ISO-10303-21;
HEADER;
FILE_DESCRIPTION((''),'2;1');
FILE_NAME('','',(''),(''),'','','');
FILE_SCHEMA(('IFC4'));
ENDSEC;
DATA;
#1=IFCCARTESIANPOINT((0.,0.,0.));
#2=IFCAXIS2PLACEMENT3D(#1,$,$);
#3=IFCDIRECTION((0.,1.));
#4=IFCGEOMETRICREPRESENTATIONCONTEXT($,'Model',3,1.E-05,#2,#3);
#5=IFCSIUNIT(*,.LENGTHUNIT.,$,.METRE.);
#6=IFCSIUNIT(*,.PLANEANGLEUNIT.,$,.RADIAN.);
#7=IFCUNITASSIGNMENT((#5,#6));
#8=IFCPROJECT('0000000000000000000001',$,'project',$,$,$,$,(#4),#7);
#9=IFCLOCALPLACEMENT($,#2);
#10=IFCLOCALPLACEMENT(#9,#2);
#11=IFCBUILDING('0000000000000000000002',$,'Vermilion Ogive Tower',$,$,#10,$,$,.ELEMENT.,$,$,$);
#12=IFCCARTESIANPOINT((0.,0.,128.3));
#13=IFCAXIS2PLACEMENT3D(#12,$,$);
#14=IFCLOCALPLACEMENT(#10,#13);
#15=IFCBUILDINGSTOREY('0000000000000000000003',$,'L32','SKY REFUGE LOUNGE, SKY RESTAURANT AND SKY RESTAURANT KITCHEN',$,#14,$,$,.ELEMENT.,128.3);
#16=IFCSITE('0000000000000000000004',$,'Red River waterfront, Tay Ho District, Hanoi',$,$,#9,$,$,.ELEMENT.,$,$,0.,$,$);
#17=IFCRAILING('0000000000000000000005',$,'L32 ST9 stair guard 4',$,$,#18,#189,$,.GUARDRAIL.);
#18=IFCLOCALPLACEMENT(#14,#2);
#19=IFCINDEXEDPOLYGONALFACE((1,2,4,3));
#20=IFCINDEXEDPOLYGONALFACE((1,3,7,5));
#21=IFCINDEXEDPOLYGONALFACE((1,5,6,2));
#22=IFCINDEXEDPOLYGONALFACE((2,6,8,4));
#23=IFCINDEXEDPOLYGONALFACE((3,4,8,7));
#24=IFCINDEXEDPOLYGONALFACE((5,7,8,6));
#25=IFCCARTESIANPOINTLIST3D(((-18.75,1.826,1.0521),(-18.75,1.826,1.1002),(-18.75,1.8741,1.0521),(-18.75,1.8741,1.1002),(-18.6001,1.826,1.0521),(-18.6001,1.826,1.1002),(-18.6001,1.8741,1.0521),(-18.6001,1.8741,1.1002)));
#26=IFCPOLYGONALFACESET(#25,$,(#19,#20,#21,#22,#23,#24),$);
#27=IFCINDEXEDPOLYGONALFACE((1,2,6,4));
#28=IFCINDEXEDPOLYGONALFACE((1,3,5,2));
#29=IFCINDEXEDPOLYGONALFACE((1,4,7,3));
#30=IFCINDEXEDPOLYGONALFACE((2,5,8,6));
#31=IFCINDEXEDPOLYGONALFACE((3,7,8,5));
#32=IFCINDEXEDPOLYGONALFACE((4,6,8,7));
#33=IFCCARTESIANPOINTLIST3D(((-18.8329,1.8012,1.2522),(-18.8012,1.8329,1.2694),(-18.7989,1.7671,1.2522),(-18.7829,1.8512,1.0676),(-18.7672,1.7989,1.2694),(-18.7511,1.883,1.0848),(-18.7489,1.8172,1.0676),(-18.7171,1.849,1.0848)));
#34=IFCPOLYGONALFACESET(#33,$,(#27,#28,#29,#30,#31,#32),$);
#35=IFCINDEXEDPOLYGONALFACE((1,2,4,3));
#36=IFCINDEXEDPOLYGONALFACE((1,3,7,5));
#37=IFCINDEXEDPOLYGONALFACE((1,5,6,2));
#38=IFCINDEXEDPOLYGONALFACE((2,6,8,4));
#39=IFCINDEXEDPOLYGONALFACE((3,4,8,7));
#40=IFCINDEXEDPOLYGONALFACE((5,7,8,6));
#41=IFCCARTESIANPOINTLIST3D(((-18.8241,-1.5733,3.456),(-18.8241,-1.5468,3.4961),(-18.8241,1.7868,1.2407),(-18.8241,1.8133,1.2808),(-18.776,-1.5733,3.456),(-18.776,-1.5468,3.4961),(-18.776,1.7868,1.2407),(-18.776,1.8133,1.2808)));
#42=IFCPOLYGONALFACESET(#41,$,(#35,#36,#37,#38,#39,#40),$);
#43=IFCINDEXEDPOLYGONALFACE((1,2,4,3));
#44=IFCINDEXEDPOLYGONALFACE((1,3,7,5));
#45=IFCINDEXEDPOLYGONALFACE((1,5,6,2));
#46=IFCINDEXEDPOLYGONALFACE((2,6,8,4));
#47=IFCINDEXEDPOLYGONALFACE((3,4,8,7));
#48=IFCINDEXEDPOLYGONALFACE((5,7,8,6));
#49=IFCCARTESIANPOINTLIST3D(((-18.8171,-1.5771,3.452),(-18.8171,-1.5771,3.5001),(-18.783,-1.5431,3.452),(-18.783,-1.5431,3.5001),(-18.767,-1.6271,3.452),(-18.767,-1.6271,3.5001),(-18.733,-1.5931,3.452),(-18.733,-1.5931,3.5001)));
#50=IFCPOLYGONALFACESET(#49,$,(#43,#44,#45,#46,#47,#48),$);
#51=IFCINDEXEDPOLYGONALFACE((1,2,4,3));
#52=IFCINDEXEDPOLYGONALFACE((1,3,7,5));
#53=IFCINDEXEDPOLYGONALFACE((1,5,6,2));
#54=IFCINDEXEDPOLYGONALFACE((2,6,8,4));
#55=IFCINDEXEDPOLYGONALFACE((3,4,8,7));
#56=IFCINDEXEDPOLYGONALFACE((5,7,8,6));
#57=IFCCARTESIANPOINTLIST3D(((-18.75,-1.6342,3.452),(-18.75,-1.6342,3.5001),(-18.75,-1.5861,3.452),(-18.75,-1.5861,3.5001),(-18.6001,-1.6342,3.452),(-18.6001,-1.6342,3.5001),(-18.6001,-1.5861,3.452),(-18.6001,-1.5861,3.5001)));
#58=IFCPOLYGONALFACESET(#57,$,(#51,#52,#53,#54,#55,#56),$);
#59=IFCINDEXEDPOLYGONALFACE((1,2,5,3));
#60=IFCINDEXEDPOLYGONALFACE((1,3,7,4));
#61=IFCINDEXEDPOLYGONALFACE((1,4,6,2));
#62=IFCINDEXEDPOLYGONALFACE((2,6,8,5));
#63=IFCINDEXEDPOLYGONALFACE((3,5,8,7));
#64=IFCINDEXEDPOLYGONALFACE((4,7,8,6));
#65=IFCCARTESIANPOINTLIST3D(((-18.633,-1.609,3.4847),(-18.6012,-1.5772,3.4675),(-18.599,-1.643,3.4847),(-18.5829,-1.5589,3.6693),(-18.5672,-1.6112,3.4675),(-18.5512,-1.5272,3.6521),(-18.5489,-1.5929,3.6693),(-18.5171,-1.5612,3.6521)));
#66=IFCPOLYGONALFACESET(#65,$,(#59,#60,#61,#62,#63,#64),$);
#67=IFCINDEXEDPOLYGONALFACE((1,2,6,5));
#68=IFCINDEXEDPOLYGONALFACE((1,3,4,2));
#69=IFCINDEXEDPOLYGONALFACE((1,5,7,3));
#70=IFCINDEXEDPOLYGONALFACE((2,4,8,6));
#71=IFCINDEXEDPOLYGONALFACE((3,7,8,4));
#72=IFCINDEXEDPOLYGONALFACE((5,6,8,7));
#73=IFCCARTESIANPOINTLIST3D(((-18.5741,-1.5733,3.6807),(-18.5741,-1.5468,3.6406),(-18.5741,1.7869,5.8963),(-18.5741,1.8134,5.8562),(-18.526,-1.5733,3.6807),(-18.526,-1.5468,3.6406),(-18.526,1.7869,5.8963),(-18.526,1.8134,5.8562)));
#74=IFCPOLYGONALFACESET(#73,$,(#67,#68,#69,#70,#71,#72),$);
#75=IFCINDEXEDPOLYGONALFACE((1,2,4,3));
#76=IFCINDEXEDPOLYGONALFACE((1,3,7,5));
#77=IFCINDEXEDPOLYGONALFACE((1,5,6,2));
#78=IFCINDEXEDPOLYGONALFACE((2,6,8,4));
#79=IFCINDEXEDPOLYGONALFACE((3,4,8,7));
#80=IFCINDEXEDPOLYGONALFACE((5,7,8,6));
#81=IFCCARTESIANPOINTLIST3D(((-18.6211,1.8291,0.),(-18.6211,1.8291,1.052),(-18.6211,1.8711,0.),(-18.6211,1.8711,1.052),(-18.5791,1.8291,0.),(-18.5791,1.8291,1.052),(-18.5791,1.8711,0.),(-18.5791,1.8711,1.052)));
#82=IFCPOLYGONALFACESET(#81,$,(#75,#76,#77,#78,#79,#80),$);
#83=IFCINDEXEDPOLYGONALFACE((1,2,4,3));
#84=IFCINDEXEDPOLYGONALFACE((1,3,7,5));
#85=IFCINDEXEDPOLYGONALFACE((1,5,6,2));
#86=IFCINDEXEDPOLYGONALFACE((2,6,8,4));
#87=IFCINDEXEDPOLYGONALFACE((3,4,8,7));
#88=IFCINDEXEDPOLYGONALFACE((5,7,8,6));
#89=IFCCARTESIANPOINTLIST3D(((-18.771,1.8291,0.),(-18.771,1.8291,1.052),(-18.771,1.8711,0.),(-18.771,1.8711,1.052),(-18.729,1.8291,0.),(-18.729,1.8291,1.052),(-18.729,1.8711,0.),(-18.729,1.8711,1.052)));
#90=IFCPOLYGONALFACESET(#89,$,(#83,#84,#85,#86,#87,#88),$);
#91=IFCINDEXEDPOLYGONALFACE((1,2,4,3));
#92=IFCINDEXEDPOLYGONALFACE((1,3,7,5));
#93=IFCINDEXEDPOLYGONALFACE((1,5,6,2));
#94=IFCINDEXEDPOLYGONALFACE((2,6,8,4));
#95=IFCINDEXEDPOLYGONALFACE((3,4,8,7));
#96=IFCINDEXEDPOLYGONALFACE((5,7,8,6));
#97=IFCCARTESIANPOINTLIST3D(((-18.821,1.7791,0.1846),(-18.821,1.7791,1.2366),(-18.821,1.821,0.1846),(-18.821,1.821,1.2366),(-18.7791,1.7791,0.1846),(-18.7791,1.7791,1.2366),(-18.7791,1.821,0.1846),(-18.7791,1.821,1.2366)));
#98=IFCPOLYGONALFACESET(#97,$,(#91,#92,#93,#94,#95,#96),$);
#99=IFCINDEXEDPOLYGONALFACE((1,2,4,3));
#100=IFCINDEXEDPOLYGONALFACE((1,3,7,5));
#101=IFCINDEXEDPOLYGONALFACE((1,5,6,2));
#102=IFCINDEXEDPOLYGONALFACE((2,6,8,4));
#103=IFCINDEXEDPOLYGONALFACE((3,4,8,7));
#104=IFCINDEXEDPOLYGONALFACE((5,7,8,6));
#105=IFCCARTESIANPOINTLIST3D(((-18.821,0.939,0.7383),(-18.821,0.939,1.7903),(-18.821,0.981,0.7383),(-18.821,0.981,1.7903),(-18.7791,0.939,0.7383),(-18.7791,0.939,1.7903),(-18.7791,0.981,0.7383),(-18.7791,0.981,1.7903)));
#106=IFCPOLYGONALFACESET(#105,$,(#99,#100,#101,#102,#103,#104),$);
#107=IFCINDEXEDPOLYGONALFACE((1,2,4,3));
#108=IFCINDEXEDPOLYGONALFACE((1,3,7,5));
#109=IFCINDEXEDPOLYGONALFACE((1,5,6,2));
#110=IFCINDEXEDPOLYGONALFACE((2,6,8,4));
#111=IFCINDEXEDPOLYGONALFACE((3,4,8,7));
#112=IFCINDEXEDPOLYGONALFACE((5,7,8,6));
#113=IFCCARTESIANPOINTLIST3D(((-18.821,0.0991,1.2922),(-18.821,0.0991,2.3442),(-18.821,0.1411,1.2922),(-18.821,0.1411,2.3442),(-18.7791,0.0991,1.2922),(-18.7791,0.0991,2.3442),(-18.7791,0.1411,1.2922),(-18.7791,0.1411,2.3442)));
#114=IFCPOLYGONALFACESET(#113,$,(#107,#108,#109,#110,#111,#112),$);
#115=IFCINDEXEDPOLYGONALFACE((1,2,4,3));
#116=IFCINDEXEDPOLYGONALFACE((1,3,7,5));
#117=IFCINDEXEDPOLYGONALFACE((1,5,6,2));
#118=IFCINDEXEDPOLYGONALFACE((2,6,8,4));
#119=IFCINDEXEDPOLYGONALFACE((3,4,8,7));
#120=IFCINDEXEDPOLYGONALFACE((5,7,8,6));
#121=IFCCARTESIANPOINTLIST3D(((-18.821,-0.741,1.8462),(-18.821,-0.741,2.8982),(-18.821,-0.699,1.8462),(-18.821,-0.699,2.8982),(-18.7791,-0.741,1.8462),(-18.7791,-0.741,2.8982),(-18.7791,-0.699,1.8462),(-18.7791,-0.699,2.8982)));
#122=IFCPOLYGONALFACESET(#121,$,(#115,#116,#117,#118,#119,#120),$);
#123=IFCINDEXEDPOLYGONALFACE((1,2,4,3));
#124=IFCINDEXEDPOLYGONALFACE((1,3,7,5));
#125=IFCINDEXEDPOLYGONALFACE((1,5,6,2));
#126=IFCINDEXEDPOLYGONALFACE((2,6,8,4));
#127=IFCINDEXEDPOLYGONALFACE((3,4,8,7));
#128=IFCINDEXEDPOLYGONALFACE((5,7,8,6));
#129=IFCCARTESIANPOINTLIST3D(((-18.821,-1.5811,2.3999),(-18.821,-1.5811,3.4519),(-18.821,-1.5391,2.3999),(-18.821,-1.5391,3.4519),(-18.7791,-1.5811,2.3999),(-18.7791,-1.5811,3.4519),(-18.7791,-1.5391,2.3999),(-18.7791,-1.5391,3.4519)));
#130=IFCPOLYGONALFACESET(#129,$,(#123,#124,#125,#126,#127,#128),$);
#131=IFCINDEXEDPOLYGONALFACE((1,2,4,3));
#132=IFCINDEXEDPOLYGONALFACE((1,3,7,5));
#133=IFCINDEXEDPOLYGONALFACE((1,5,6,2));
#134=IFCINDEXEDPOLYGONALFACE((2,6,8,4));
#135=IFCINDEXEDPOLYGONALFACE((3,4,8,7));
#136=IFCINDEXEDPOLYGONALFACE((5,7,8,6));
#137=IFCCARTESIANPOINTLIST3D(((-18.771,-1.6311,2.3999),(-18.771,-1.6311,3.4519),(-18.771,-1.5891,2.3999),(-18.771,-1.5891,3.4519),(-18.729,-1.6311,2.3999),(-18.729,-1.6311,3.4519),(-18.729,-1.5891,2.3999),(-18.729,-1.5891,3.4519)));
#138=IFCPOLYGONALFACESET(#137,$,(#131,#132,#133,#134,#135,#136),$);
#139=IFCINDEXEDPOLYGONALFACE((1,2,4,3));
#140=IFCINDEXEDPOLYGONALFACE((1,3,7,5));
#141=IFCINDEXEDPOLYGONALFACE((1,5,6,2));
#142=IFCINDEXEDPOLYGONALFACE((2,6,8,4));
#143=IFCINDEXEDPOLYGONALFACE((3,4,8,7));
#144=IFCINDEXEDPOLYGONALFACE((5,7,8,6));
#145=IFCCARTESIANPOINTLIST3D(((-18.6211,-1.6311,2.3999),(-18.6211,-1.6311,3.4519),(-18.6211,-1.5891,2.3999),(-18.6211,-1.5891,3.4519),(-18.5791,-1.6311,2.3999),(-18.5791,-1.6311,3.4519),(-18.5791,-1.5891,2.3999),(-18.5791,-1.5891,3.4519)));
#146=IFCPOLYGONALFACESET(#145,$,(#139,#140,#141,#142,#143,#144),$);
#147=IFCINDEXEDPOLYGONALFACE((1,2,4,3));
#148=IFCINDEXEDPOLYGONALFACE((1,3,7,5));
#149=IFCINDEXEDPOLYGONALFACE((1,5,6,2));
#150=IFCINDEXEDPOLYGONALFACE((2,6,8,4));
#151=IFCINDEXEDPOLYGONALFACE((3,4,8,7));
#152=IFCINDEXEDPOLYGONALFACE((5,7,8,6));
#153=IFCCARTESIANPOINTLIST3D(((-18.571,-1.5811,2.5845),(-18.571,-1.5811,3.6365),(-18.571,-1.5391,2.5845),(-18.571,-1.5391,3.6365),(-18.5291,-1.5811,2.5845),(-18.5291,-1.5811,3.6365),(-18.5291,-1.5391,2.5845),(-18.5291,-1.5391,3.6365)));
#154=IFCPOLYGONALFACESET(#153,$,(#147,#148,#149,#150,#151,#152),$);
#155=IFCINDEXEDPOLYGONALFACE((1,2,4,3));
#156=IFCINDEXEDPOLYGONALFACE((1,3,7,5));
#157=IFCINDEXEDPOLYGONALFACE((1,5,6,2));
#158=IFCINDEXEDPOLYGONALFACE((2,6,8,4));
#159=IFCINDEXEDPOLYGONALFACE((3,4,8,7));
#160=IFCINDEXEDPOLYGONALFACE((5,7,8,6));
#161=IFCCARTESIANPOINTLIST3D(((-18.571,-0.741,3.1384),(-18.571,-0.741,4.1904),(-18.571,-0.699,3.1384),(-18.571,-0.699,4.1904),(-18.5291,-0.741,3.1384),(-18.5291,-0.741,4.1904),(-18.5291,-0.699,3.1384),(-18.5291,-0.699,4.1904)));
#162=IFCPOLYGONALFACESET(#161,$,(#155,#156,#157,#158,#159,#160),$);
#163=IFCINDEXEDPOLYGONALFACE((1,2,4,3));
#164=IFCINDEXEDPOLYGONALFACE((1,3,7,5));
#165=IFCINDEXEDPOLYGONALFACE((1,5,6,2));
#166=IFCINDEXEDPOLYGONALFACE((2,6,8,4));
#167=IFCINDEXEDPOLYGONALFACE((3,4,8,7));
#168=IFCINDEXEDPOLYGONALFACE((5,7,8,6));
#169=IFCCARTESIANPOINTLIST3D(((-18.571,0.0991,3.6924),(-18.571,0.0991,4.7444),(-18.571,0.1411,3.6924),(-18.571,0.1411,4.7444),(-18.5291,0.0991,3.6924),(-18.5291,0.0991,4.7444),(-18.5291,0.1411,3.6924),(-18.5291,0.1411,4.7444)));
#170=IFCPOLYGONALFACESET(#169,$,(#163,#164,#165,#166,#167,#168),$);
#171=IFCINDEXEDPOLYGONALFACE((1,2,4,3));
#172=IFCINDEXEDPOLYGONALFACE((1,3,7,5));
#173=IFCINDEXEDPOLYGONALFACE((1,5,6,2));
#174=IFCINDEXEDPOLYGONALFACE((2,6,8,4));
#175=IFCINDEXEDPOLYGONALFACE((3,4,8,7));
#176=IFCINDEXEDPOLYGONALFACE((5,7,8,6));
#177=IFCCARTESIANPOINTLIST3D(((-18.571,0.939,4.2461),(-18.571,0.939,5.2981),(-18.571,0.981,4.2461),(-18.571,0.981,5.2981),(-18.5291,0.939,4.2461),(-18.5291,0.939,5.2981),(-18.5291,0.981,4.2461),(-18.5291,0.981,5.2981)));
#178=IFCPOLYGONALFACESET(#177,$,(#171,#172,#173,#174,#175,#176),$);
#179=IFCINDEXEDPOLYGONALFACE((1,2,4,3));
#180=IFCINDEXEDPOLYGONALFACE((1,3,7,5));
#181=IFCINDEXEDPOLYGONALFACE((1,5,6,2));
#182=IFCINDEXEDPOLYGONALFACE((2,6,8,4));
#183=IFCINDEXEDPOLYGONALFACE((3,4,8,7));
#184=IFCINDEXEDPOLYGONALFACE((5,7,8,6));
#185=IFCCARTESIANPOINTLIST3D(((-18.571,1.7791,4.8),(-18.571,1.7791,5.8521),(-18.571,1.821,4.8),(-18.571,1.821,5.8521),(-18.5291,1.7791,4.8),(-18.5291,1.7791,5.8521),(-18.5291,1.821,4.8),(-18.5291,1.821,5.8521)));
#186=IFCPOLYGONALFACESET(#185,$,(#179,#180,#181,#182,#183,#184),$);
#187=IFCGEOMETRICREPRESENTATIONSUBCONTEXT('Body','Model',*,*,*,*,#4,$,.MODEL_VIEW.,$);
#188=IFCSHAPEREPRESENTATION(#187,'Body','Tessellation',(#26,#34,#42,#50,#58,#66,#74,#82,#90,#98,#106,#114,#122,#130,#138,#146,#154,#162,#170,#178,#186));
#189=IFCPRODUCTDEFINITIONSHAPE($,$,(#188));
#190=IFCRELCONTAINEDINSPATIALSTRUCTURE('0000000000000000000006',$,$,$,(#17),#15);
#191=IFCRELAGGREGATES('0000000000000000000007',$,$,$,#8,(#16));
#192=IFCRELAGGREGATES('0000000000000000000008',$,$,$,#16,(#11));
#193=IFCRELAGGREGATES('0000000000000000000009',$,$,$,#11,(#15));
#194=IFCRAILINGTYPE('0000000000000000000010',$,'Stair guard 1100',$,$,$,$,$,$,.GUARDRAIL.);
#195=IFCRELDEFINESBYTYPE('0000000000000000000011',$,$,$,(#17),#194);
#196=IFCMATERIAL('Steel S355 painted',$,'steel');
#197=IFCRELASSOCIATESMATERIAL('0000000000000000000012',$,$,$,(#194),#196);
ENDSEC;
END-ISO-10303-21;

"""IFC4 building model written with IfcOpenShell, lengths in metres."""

from ifc_helpers import new_model, si_unit, direction, frame, origin, origin_2d, place, context, subcontext, project, spatial, rectangle, extrude, material, type_object, element, save


model = new_model("IFC4")

# Units and contexts
model_context = context("Model", 3, precision=1e-05, world=origin(), true_north=direction((0.0, 1.0)))
body_context = subcontext(model_context, "Body", "Model", "MODEL_VIEW")
ifc_project = project(units=[si_unit("LENGTHUNIT", "METRE"), si_unit("PLANEANGLEUNIT", "RADIAN")], contexts=[model_context])

# Site, building, storey
site_placement = place(None, origin())
site = spatial("IfcSite", under=ifc_project, at=site_placement, Name="Red River waterfront, Tay Ho District, Hanoi", CompositionType="ELEMENT", RefElevation=0.0)
building_placement = place(site_placement, origin())
building = spatial("IfcBuilding", under=site, at=building_placement, Name="Vermilion Ogive Tower", CompositionType="ELEMENT")
storey_placement = place(building_placement, frame((0.0, 0.0, 128.3)))
storey = spatial("IfcBuildingStorey", under=building, at=storey_placement, Name="L32", Description="SKY REFUGE LOUNGE, SKY RESTAURANT AND SKY RESTAURANT KITCHEN", CompositionType="ELEMENT", Elevation=128.3)

# Railing
ifc_material_1 = material(Name="Steel S355 painted", Category="steel")
railing_type_1 = type_object("IfcRailingType", Name="Stair guard 1100", PredefinedType="GUARDRAIL", material=ifc_material_1)
railing_1_placement = place(storey_placement, frame((-18.6001, 1.8501, 0.0)))
element("IfcRailing", 1, at=railing_1_placement, inside=storey, type_object=railing_type_1, Name="L32 ST9 stair guard 4", PredefinedType="GUARDRAIL", context=body_context, shape_type="SweptSolid", body=[
    extrude(rectangle(XDim=0.0481, YDim=0.0481, at=origin_2d()), frame((0.0, 0.0, 1.0762), z_axis=(-1.0, 0.0, 0.0), x_axis=(0.0, -1.0, 0.0)), (0.0, 0.0, 1.0), 0.1499),
    extrude(rectangle(XDim=0.0481, YDim=0.0481, at=origin_2d()), frame((-0.1499, 0.0, 1.0762), z_axis=(-0.253186, -0.253186, 0.933699), x_axis=(0.707107, -0.707107, 0.0)), (0.0, 0.0, 1.0), 0.1978),
    extrude(rectangle(XDim=0.0481, YDim=0.0481, at=origin_2d()), frame((-0.2, -0.05, 1.2607), z_axis=(0.0, -0.834876, 0.550437), x_axis=(1.0, 0.0, 0.0)), (0.0, 0.0, 1.0), 4.0247),
    extrude(rectangle(XDim=0.0481, YDim=0.0481, at=origin_2d()), frame((-0.2, -3.4102, 3.4761), z_axis=(0.707107, -0.707107, 0.0), x_axis=(0.707107, 0.707107, 0.0)), (0.0, 0.0, 1.0), 0.0708),
    extrude(rectangle(XDim=0.0481, YDim=0.0481, at=origin_2d()), frame((-0.1499, -3.4602, 3.4761), z_axis=(1.0, 0.0, 0.0), x_axis=(0.0, 1.0, 0.0)), (0.0, 0.0, 1.0), 0.1499),
    extrude(rectangle(XDim=0.0481, YDim=0.0481, at=origin_2d()), frame((0.0, -3.4602, 3.4761), z_axis=(0.253186, 0.253186, 0.933699), x_axis=(-0.707107, 0.707107, 0.0)), (0.0, 0.0, 1.0), 0.1978),
    extrude(rectangle(XDim=0.0481, YDim=0.0481, at=origin_2d()), frame((0.05, -3.4102, 3.6606), z_axis=(0.0, 0.834849, 0.55048), x_axis=(-1.0, 0.0, 0.0)), (0.0, 0.0, 1.0), 4.0249),
    extrude(rectangle(XDim=0.042, YDim=0.042, at=origin_2d()), origin(), (0.0, 0.0, 1.0), 1.052),
    extrude(rectangle(XDim=0.042, YDim=0.042, at=origin_2d()), frame((-0.1499, 0.0, 0.0)), (0.0, 0.0, 1.0), 1.052),
    extrude(rectangle(XDim=0.042, YDim=0.042, at=origin_2d()), frame((-0.2, -0.05, 0.1846)), (0.0, 0.0, 1.0), 1.052),
    extrude(rectangle(XDim=0.042, YDim=0.042, at=origin_2d()), frame((-0.2, -0.8901, 0.7383)), (0.0, 0.0, 1.0), 1.052),
    extrude(rectangle(XDim=0.042, YDim=0.042, at=origin_2d()), frame((-0.2, -1.73, 1.2922)), (0.0, 0.0, 1.0), 1.052),
    extrude(rectangle(XDim=0.042, YDim=0.042, at=origin_2d()), frame((-0.2, -2.5701, 1.8462)), (0.0, 0.0, 1.0), 1.052),
    extrude(rectangle(XDim=0.042, YDim=0.042, at=origin_2d()), frame((-0.2, -3.4102, 2.3999)), (0.0, 0.0, 1.0), 1.052),
    extrude(rectangle(XDim=0.042, YDim=0.042, at=origin_2d()), frame((-0.1499, -3.4602, 2.3999)), (0.0, 0.0, 1.0), 1.052),
    extrude(rectangle(XDim=0.042, YDim=0.042, at=origin_2d()), frame((0.0, -3.4602, 2.3999)), (0.0, 0.0, 1.0), 1.052),
    extrude(rectangle(XDim=0.042, YDim=0.042, at=origin_2d()), frame((0.05, -3.4102, 2.5845)), (0.0, 0.0, 1.0), 1.052),
    extrude(rectangle(XDim=0.042, YDim=0.042, at=origin_2d()), frame((0.05, -2.5701, 3.1384)), (0.0, 0.0, 1.0), 1.052),
    extrude(rectangle(XDim=0.042, YDim=0.042, at=origin_2d()), frame((0.05, -1.73, 3.6924)), (0.0, 0.0, 1.0), 1.052),
    extrude(rectangle(XDim=0.042, YDim=0.042, at=origin_2d()), frame((0.05, -0.8901, 4.2461)), (0.0, 0.0, 1.0), 1.052),
    extrude(rectangle(XDim=0.042, YDim=0.042, at=origin_2d()), frame((0.05, -0.05, 4.8)), (0.0, 0.0, 1.0), 1.052),
])

save(model, "model.ifc")
